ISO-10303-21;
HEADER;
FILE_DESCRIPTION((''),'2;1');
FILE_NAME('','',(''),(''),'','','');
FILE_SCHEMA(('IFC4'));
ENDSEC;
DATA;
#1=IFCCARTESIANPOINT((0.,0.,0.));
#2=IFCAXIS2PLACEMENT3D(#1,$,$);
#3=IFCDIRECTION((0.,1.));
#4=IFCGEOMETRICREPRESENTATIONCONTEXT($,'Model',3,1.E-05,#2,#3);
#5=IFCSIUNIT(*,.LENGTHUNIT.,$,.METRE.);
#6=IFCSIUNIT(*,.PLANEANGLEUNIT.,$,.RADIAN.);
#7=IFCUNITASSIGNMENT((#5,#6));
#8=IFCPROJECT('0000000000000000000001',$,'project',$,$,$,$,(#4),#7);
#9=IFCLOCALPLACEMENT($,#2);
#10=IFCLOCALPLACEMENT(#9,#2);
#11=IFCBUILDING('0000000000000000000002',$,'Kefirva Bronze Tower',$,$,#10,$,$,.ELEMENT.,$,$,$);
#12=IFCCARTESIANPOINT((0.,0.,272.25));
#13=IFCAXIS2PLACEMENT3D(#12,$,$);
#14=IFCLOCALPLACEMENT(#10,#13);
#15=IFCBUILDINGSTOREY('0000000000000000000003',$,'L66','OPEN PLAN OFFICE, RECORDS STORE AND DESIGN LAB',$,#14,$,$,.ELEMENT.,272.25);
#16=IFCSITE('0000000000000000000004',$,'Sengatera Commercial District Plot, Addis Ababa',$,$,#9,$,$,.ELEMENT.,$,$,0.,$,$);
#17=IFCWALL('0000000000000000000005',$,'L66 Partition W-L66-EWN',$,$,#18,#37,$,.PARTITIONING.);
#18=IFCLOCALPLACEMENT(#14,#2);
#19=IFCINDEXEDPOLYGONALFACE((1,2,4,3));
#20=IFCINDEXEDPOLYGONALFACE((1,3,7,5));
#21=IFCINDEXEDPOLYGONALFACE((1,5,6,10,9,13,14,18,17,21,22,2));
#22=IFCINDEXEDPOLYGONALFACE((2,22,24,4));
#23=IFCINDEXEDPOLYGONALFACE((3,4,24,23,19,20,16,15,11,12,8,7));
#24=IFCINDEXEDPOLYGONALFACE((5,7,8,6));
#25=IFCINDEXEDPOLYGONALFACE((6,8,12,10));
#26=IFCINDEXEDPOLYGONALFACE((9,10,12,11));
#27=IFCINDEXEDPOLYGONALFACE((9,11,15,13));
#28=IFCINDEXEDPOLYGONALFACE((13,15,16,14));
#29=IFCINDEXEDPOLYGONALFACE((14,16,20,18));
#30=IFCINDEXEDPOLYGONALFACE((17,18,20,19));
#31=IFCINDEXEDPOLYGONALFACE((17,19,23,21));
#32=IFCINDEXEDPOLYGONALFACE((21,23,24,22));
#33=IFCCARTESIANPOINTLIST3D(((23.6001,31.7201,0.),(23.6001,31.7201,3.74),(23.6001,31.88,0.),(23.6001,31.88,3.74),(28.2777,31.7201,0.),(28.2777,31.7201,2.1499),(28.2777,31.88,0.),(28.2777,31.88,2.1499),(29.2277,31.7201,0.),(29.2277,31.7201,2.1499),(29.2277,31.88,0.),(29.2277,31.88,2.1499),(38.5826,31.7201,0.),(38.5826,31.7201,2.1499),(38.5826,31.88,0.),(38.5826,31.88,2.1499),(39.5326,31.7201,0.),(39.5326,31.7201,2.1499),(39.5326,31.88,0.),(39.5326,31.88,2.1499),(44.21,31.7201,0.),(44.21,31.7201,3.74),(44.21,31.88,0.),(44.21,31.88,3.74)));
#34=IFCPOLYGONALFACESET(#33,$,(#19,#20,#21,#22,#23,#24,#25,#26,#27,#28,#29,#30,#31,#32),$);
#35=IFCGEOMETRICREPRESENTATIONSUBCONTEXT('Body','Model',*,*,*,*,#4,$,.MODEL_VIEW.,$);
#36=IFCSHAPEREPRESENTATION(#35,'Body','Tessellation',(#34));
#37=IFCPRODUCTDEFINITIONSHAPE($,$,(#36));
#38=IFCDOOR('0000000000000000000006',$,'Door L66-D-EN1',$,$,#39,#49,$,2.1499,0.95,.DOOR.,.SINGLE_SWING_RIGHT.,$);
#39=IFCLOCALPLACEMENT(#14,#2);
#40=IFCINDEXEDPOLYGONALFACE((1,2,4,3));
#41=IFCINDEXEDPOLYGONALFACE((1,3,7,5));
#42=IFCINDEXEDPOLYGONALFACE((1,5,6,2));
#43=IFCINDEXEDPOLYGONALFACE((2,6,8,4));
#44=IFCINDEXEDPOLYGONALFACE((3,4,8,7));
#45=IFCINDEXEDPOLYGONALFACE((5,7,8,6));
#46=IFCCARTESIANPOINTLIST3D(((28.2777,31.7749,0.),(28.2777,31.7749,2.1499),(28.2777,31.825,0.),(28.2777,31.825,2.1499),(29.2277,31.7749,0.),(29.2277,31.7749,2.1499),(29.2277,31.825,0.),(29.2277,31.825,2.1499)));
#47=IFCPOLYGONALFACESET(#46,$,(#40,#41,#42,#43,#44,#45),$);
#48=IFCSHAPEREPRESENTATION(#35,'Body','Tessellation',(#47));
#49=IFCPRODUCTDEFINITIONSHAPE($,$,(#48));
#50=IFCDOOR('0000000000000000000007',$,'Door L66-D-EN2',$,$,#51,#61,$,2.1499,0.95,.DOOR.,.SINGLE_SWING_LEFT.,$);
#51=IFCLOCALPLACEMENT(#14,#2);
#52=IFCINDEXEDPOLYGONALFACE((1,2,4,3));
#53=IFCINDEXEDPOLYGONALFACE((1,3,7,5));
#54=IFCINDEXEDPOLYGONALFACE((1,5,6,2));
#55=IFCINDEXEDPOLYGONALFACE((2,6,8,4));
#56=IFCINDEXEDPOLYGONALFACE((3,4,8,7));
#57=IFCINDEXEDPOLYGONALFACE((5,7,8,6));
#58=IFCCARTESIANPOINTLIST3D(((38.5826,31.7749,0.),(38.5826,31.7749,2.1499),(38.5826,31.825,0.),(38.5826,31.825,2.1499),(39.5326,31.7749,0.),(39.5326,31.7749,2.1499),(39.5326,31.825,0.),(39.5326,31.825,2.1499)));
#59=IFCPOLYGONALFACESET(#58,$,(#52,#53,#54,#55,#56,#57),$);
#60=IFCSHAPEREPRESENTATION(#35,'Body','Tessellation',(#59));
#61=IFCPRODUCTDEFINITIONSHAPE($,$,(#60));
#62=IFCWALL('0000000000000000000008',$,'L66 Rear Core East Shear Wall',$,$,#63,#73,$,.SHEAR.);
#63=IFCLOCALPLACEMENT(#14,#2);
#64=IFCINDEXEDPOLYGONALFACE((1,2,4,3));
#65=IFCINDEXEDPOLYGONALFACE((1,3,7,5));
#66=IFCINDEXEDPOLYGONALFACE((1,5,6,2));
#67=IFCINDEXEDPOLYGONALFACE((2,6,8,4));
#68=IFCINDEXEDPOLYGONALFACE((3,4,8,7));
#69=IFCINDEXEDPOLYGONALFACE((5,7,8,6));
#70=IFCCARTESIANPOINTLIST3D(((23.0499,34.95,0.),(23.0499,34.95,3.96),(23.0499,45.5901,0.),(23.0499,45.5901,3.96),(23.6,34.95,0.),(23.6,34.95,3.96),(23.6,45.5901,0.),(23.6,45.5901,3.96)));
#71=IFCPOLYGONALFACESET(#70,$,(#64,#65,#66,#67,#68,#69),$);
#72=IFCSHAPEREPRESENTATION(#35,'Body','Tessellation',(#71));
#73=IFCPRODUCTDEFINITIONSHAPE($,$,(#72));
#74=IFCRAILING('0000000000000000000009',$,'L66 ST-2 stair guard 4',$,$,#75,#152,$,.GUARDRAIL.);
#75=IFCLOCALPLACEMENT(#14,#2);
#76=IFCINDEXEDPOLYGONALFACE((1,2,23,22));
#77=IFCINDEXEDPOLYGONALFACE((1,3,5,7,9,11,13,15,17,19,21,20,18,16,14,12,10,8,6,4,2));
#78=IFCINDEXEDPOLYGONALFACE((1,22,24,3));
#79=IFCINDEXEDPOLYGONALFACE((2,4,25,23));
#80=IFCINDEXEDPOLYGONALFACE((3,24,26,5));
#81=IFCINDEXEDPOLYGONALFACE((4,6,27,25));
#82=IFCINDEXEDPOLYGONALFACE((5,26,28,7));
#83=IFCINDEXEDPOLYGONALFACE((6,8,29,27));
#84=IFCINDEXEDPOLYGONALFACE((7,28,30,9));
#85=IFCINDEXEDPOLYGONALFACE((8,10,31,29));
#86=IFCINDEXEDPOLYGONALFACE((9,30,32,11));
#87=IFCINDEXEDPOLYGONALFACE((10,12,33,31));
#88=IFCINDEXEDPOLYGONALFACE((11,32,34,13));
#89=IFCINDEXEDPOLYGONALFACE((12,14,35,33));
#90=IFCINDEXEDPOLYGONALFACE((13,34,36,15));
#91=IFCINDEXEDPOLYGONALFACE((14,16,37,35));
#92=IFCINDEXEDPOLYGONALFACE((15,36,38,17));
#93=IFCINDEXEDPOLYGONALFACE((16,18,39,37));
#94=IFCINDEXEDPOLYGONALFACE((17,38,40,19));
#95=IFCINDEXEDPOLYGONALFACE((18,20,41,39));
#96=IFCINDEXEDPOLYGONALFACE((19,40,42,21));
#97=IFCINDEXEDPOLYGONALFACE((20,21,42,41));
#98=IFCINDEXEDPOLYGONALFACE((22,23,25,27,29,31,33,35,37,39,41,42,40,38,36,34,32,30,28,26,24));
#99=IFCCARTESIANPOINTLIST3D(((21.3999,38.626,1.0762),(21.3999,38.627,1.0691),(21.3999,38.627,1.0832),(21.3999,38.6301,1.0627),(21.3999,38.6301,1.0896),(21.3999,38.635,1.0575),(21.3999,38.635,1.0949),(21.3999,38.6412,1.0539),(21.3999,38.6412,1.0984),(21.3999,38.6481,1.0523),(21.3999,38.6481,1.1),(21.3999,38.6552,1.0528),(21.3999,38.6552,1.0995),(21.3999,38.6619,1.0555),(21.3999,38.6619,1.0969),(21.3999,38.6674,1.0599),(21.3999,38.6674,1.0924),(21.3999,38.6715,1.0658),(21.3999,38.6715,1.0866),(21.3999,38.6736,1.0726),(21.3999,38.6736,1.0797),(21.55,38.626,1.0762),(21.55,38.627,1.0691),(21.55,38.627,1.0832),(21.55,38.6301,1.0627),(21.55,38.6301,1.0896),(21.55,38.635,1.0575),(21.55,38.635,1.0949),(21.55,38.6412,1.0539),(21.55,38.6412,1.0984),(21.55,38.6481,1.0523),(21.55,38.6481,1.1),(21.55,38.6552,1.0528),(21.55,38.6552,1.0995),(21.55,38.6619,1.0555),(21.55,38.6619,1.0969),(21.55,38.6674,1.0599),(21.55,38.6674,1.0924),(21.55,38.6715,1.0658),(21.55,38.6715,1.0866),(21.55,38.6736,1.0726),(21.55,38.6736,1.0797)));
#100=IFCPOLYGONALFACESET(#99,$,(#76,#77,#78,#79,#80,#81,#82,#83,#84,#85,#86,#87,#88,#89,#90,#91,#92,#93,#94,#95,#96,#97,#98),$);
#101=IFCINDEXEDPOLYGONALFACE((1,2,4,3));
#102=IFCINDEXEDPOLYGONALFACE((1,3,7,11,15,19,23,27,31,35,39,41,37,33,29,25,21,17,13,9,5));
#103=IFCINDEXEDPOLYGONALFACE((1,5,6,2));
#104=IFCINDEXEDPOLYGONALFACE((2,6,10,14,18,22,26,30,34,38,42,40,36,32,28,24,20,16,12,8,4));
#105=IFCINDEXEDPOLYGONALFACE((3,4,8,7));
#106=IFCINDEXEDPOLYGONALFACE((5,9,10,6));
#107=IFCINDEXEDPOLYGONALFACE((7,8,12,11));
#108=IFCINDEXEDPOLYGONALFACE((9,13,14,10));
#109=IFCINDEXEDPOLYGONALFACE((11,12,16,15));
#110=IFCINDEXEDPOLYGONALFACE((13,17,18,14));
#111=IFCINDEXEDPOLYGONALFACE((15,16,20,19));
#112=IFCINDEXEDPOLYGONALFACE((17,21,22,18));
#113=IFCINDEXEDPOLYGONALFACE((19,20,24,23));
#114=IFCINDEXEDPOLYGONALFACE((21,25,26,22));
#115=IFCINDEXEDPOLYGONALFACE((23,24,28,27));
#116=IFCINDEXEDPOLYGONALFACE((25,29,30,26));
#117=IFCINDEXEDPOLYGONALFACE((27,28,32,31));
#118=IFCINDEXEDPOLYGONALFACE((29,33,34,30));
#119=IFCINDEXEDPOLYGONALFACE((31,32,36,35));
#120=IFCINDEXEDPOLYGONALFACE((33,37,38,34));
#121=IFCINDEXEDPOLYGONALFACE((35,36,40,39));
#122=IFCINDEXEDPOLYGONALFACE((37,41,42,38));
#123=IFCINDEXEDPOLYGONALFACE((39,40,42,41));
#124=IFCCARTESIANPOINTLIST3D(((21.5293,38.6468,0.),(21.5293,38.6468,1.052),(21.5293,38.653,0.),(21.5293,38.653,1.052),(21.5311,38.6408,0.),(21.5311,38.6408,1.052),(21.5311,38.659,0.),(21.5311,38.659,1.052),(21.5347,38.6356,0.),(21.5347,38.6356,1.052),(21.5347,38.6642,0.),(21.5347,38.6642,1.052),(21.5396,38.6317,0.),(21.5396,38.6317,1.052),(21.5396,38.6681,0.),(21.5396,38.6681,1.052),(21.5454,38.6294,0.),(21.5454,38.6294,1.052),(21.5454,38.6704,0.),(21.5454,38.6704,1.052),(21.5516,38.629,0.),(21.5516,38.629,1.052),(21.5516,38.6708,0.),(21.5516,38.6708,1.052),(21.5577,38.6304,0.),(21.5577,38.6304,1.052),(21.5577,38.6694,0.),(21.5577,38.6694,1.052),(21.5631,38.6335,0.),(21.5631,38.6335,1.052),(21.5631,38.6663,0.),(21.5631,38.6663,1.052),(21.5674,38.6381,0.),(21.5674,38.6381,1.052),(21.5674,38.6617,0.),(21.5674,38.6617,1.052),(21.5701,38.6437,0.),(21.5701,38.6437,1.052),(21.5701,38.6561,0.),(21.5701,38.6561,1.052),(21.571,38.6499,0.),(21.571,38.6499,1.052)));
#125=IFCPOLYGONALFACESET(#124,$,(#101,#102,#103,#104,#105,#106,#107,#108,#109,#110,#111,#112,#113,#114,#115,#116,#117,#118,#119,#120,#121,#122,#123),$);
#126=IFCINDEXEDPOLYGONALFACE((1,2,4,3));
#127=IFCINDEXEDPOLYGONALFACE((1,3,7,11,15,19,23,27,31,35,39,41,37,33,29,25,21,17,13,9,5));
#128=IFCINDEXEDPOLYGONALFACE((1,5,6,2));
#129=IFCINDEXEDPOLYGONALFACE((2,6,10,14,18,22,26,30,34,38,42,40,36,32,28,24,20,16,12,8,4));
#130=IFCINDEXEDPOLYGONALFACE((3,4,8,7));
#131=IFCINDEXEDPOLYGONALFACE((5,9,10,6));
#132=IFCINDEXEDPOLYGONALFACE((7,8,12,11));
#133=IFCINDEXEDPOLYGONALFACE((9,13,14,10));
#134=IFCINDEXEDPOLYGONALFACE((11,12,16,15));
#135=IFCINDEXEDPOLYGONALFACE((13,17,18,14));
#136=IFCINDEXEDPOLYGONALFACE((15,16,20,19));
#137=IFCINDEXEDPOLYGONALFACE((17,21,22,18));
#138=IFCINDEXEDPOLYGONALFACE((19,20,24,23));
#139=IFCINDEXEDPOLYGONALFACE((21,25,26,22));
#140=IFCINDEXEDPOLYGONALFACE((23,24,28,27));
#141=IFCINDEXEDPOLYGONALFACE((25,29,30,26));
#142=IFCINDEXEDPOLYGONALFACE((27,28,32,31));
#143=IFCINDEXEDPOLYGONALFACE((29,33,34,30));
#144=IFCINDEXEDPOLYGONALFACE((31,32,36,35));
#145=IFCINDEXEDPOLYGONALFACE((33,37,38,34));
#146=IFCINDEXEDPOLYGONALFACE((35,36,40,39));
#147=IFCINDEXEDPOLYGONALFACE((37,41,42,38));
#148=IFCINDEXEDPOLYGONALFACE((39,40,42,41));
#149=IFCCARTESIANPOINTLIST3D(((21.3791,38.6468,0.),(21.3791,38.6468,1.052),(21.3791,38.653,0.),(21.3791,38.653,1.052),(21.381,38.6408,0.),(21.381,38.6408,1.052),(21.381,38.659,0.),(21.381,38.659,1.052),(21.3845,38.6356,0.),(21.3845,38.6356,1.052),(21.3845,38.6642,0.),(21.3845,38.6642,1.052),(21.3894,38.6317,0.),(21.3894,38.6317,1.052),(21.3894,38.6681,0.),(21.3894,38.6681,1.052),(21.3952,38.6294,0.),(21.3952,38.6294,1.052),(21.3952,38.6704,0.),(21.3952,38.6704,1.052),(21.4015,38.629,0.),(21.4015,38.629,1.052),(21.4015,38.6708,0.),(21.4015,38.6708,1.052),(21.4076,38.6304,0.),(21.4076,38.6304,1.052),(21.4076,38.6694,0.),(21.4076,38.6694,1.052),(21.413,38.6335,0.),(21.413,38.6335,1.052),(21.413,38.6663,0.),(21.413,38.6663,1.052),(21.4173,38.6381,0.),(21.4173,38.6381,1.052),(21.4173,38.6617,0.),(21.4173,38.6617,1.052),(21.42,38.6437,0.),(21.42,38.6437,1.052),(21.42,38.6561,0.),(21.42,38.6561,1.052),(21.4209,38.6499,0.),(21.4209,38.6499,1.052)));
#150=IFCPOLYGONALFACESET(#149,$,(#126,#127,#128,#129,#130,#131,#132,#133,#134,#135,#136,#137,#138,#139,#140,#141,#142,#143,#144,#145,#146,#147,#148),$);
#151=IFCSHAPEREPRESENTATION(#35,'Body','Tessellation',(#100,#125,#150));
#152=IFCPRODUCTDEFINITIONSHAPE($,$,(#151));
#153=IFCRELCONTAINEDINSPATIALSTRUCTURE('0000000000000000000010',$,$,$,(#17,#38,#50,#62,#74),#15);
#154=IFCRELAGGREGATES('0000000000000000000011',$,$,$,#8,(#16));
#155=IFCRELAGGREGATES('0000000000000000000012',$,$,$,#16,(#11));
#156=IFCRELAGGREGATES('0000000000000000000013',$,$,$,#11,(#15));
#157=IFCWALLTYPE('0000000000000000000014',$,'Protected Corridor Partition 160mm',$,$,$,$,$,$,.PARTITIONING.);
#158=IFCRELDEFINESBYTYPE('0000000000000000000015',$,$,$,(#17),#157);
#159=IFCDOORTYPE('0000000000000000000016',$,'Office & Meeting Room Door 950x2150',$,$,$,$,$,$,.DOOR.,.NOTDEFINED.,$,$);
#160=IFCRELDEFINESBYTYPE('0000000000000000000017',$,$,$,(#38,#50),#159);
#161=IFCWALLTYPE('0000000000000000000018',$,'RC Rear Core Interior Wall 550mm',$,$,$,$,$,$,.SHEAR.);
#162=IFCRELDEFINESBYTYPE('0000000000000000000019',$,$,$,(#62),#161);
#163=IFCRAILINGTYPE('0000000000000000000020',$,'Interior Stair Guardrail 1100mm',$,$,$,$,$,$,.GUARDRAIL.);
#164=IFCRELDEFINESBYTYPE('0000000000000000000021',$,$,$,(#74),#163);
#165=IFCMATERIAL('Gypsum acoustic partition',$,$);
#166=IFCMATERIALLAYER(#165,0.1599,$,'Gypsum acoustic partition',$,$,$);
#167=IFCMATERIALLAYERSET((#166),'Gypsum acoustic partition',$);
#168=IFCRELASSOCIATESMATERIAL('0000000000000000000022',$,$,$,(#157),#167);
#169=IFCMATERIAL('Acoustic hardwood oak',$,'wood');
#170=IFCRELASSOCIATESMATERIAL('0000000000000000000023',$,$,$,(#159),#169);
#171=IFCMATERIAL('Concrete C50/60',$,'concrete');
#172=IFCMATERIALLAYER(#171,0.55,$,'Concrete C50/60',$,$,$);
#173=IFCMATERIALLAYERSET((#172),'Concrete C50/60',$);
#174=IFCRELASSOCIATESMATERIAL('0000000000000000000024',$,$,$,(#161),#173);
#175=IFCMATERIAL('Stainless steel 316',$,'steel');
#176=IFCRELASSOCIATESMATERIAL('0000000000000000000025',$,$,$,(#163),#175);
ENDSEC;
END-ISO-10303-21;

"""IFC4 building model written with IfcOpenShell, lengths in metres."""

from ifc_helpers import new_model, si_unit, direction, frame, frame_2d, origin, origin_2d, place, context, subcontext, project, spatial, rectangle, circle, extrude, material, layer, layer_set, type_object, element, fill, save


model = new_model("IFC4")

# Units and contexts
model_context = context("Model", 3, precision=1e-05, world=origin(), true_north=direction((0.0, 1.0)))
body_context = subcontext(model_context, "Body", "Model", "MODEL_VIEW")
ifc_project = project(units=[si_unit("LENGTHUNIT", "METRE"), si_unit("PLANEANGLEUNIT", "RADIAN")], contexts=[model_context])

# Site, building, storey
site_placement = place(None, origin())
site = spatial("IfcSite", under=ifc_project, at=site_placement, Name="Sengatera Commercial District Plot, Addis Ababa", CompositionType="ELEMENT", RefElevation=0.0)
building_placement = place(site_placement, origin())
building = spatial("IfcBuilding", under=site, at=building_placement, Name="Kefirva Bronze Tower", CompositionType="ELEMENT")
storey_placement = place(building_placement, frame((0.0, 0.0, 272.25)))
storey = spatial("IfcBuildingStorey", under=building, at=storey_placement, Name="L66", Description="OPEN PLAN OFFICE, RECORDS STORE AND DESIGN LAB", CompositionType="ELEMENT", Elevation=272.25)

# Shared definitions
ifc_material_1 = material(Name="Concrete C50/60", Category="concrete")

# Shared definitions
ifc_material_2 = material(Name="Gypsum acoustic partition")

# Shared definitions
ifc_layer_1 = layer(ifc_material_2, 0.1599, Name="Gypsum acoustic partition")
ifc_layer_set_1 = layer_set([ifc_layer_1], Name="Gypsum acoustic partition")
wall_type_1 = type_object("IfcWallType", Name="Protected Corridor Partition 160mm", PredefinedType="PARTITIONING", material=ifc_layer_set_1)
ifc_material_3 = material(Name="Acoustic hardwood oak", Category="wood")
door_type_1 = type_object("IfcDoorType", Name="Office & Meeting Room Door 950x2150", OperationType="NOTDEFINED", PredefinedType="DOOR", material=ifc_material_3)

# Wall, openings, doors
wall_1_placement = place(storey_placement, frame((23.6001, 31.8, 0.0), z_axis=(0.0, 0.0, 1.0), x_axis=(1.0, 0.0, 0.0)))
wall_1 = element("IfcWall", 1, at=wall_1_placement, inside=storey, type_object=wall_type_1, Name="L66 Partition W-L66-EWN", PredefinedType="PARTITIONING", context=body_context, shape_type="SweptSolid", body=[
    extrude(rectangle(XDim=20.6099, YDim=0.1599, at=frame_2d((10.3049, 0.0))), origin(), (0.0, 0.0, 1.0), 3.74),
])
opening_1_placement = place(wall_1_placement, frame((4.6775, 0.0, 0.0)))
opening_1 = element("IfcOpeningElement", 2, at=opening_1_placement, cuts=wall_1, PredefinedType="OPENING", context=body_context, shape_type="SweptSolid", body=[
    extrude(rectangle(XDim=0.95, YDim=2.1499, at=frame_2d((0.4751, 1.075))), frame((0.0, 0.0898, 0.0), z_axis=(0.0, -1.0, 0.0), x_axis=(1.0, 0.0, 0.0)), (0.0, 0.0, 1.0), 0.1799),
])
opening_2_placement = place(wall_1_placement, frame((14.9824, 0.0, 0.0)))
opening_2 = element("IfcOpeningElement", 3, at=opening_2_placement, cuts=wall_1, PredefinedType="OPENING", context=body_context, shape_type="SweptSolid", body=[
    extrude(rectangle(XDim=0.95, YDim=2.1499, at=frame_2d((0.4751, 1.075))), frame((0.0, 0.0898, 0.0), z_axis=(0.0, -1.0, 0.0), x_axis=(1.0, 0.0, 0.0)), (0.0, 0.0, 1.0), 0.1799),
])
door_1_placement = place(opening_1_placement, origin())
door_1 = element("IfcDoor", 4, at=door_1_placement, inside=storey, type_object=door_type_1, Name="Door L66-D-EN1", OperationType="SINGLE_SWING_RIGHT", OverallHeight=2.1499, OverallWidth=0.95, PredefinedType="DOOR", context=body_context, shape_type="SweptSolid", body=[
    extrude(rectangle(XDim=0.95, YDim=2.1499, at=frame_2d((0.4751, 1.075))), frame((0.0, 0.0249, 0.0), z_axis=(0.0, -1.0, 0.0), x_axis=(1.0, 0.0, 0.0)), (0.0, 0.0, 1.0), 0.05),
])
fill(opening_1, door_1)
door_2_placement = place(opening_2_placement, origin())
door_2 = element("IfcDoor", 5, at=door_2_placement, inside=storey, type_object=door_type_1, Name="Door L66-D-EN2", OperationType="SINGLE_SWING_LEFT", OverallHeight=2.1499, OverallWidth=0.95, PredefinedType="DOOR", context=body_context, shape_type="SweptSolid", body=[
    extrude(rectangle(XDim=0.95, YDim=2.1499, at=frame_2d((0.4751, 1.075))), frame((0.0, 0.0249, 0.0), z_axis=(0.0, -1.0, 0.0), x_axis=(1.0, 0.0, 0.0)), (0.0, 0.0, 1.0), 0.05),
])
fill(opening_2, door_2)

# Wall
ifc_layer_2 = layer(ifc_material_1, 0.55, Name="Concrete C50/60")
ifc_layer_set_2 = layer_set([ifc_layer_2], Name="Concrete C50/60")
wall_type_2 = type_object("IfcWallType", Name="RC Rear Core Interior Wall 550mm", PredefinedType="SHEAR", material=ifc_layer_set_2)
wall_2_placement = place(storey_placement, frame((23.325, 34.95, 0.0), z_axis=(0.0, 0.0, 1.0), x_axis=(0.0, 1.0, 0.0)))
element("IfcWall", 6, at=wall_2_placement, inside=storey, type_object=wall_type_2, Name="L66 Rear Core East Shear Wall", PredefinedType="SHEAR", context=body_context, shape_type="SweptSolid", body=[
    extrude(rectangle(XDim=10.6401, YDim=0.55, at=frame_2d((5.3201, 0.0))), origin(), (0.0, 0.0, 1.0), 3.96),
])

# Railing
ifc_material_4 = material(Name="Stainless steel 316", Category="steel")
railing_type = type_object("IfcRailingType", Name="Interior Stair Guardrail 1100mm", PredefinedType="GUARDRAIL", material=ifc_material_4)
railing_placement = place(storey_placement, frame((21.55, 38.6499, 0.0)))
element("IfcRailing", 7, at=railing_placement, inside=storey, type_object=railing_type, Name="L66 ST-2 stair guard 4", PredefinedType="GUARDRAIL", context=body_context, shape_type="SweptSolid", body=[
    extrude(circle(Radius=0.0239, at=origin_2d()), frame((0.0, 0.0, 1.0762), z_axis=(-1.0, 0.0, 0.0), x_axis=(0.0, -1.0, 0.0)), (0.0, 0.0, 1.0), 0.1501),
    extrude(circle(Radius=0.021, at=origin_2d()), origin(), (0.0, 0.0, 1.0), 1.052),
    extrude(circle(Radius=0.021, at=origin_2d()), frame((-0.1501, 0.0, 0.0)), (0.0, 0.0, 1.0), 1.052),
])

save(model, "model.ifc")
